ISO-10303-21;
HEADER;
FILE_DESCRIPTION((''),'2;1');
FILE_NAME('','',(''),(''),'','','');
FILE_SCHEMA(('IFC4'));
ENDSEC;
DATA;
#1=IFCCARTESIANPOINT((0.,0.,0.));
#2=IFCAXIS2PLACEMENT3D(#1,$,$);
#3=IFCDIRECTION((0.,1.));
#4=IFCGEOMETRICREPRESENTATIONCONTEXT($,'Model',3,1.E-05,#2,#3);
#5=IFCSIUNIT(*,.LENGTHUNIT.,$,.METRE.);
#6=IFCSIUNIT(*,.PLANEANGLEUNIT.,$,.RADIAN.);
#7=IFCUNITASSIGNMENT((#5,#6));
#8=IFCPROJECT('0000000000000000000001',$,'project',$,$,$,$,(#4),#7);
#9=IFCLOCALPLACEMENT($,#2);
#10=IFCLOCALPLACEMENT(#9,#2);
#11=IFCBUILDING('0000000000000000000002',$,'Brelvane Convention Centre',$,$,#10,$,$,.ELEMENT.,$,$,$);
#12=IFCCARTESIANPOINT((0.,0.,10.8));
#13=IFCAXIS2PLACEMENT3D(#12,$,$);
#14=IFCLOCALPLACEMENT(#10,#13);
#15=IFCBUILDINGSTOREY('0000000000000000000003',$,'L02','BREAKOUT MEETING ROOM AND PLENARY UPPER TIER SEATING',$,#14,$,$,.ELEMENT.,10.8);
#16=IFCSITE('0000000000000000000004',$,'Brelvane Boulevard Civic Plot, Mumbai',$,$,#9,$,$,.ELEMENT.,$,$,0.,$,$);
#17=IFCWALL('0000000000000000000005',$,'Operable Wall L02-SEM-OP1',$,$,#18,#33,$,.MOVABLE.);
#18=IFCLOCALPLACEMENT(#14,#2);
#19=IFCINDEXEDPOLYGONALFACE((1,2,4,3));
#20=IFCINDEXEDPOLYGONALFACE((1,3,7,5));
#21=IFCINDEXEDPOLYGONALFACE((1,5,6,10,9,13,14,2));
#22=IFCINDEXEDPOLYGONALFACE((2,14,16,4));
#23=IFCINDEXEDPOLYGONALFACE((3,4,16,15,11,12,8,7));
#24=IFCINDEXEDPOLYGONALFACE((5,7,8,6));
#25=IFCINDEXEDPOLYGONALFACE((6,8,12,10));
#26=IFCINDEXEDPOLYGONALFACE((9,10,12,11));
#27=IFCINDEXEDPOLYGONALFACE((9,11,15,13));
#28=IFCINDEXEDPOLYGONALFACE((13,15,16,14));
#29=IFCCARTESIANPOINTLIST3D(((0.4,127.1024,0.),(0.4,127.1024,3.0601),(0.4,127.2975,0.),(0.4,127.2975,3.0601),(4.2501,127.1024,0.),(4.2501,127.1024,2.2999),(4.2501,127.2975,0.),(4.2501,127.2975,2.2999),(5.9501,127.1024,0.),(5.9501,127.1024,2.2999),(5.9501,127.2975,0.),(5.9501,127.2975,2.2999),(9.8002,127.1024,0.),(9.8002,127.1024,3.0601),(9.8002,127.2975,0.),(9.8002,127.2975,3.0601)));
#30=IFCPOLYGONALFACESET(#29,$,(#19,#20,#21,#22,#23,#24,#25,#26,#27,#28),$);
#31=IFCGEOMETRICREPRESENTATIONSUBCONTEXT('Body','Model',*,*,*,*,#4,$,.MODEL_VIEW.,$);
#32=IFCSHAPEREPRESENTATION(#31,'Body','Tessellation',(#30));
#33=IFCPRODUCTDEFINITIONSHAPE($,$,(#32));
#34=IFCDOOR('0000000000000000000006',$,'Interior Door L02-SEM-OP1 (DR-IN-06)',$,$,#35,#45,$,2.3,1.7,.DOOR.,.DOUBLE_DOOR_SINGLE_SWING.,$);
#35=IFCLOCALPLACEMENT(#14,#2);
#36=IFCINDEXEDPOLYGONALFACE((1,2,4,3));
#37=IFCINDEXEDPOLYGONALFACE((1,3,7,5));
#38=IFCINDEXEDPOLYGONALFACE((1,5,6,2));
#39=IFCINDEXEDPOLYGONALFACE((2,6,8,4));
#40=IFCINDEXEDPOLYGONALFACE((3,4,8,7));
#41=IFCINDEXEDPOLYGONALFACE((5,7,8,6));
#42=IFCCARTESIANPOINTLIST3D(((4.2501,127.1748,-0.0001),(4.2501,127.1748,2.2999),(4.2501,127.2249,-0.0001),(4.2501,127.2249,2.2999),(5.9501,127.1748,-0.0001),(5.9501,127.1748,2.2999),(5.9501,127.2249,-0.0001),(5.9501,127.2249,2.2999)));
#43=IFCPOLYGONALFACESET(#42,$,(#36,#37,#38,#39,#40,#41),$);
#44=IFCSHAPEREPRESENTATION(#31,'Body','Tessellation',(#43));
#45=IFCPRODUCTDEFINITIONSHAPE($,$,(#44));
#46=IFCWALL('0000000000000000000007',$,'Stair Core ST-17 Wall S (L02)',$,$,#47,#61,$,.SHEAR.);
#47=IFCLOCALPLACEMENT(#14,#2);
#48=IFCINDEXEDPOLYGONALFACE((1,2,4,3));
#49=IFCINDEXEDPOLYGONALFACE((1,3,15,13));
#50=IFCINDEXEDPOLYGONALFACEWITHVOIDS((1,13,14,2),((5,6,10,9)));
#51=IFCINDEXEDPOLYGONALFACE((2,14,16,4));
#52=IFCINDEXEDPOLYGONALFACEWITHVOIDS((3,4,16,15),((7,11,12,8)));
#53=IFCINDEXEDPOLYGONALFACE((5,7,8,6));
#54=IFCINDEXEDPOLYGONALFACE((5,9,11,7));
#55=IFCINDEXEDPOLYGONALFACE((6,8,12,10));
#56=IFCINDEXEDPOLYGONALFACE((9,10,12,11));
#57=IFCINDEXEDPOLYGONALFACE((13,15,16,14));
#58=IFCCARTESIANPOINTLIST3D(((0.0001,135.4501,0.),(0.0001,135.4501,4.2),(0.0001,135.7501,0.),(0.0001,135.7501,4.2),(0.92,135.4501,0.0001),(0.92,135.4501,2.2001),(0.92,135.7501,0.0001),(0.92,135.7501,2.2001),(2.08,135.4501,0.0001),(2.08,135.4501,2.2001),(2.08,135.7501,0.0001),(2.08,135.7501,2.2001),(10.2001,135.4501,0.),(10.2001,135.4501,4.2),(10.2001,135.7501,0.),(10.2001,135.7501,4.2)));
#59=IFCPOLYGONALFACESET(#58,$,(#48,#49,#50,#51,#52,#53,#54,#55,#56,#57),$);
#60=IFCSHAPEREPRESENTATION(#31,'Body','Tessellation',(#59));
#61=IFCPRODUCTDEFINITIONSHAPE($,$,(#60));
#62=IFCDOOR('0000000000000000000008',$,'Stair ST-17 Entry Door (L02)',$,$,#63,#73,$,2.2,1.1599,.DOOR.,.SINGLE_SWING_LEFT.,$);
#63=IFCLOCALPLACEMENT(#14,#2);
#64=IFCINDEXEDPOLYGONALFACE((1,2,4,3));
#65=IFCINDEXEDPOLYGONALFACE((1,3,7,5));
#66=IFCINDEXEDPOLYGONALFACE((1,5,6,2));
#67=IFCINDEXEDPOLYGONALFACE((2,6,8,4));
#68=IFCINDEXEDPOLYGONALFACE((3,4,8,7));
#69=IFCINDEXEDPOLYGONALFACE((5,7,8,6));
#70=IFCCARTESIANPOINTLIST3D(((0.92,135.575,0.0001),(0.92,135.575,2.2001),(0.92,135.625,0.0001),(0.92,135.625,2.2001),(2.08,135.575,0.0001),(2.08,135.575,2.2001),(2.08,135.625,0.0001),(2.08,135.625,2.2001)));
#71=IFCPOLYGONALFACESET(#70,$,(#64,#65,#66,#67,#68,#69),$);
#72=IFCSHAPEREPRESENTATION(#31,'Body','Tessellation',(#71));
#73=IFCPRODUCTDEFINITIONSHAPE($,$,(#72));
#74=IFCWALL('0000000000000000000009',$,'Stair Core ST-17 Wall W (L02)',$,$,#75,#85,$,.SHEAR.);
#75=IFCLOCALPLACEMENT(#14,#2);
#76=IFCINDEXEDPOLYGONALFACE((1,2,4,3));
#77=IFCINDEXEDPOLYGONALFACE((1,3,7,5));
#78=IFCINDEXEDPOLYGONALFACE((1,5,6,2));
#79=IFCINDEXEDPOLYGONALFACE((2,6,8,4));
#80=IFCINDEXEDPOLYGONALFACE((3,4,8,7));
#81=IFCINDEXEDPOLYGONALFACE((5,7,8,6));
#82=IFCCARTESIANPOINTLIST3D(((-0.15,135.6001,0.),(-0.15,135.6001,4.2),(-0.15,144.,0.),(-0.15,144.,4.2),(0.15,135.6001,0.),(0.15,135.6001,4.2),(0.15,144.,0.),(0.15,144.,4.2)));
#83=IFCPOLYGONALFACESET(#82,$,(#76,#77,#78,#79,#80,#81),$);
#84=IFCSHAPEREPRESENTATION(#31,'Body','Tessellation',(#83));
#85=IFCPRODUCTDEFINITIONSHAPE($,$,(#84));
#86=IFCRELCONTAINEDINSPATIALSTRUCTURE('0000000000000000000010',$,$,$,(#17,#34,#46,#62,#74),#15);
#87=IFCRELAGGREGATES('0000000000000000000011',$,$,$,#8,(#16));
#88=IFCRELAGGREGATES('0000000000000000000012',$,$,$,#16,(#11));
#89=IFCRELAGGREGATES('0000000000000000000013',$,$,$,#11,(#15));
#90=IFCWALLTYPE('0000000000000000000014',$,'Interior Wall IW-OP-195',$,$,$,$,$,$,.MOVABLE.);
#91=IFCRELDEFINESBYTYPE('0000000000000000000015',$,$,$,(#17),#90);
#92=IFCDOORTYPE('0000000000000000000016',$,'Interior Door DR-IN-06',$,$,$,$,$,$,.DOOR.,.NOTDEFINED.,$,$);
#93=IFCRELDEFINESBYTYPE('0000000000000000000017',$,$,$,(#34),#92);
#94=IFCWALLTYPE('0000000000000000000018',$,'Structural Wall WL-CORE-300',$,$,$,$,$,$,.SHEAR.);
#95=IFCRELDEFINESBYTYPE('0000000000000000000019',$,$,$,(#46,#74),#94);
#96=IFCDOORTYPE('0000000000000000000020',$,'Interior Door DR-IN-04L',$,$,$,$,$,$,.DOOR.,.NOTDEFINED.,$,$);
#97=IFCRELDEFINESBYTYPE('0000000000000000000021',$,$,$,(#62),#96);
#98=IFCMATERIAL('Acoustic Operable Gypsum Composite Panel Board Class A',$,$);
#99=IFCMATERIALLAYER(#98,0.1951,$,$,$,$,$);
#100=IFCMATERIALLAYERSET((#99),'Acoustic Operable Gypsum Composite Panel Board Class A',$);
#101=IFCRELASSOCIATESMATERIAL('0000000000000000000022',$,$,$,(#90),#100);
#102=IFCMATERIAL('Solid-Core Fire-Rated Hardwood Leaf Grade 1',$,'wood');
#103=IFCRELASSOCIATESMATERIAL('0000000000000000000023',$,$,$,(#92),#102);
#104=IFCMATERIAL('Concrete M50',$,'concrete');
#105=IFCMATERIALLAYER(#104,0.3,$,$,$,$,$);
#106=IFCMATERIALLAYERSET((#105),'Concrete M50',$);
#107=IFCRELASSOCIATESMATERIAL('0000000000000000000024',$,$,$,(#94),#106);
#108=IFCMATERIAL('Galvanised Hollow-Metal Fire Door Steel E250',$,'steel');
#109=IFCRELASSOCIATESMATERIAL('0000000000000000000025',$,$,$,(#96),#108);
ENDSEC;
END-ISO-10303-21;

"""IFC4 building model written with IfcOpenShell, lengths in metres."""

from ifc_helpers import new_model, si_unit, direction, frame, frame_2d, origin, place, context, subcontext, project, spatial, rectangle, extrude, material, layer, layer_set, type_object, element, fill, save


model = new_model("IFC4")

# Units and contexts
model_context = context("Model", 3, precision=1e-05, world=origin(), true_north=direction((0.0, 1.0)))
body_context = subcontext(model_context, "Body", "Model", "MODEL_VIEW")
ifc_project = project(units=[si_unit("LENGTHUNIT", "METRE"), si_unit("PLANEANGLEUNIT", "RADIAN")], contexts=[model_context])

# Site, building, storey
site_placement = place(None, origin())
site = spatial("IfcSite", under=ifc_project, at=site_placement, Name="Brelvane Boulevard Civic Plot, Mumbai", CompositionType="ELEMENT", RefElevation=0.0)
building_placement = place(site_placement, origin())
building = spatial("IfcBuilding", under=site, at=building_placement, Name="Brelvane Convention Centre", CompositionType="ELEMENT")
storey_placement = place(building_placement, frame((0.0, 0.0, 10.8)))
storey = spatial("IfcBuildingStorey", under=building, at=storey_placement, Name="L02", Description="BREAKOUT MEETING ROOM AND PLENARY UPPER TIER SEATING", CompositionType="ELEMENT", Elevation=10.8)

# Walls, openings, doors
ifc_material_1 = material(Name="Acoustic Operable Gypsum Composite Panel Board Class A")
ifc_layer_1 = layer(ifc_material_1, 0.1951)
ifc_layer_set_1 = layer_set([ifc_layer_1], Name="Acoustic Operable Gypsum Composite Panel Board Class A")
wall_type_1 = type_object("IfcWallType", Name="Interior Wall IW-OP-195", PredefinedType="MOVABLE", material=ifc_layer_set_1)
wall_1_placement = place(storey_placement, frame((0.3999, 127.2, 0.0), z_axis=(0.0, 0.0, 1.0), x_axis=(1.0, 0.0, 0.0)))
wall_1 = element("IfcWall", 1, at=wall_1_placement, inside=storey, type_object=wall_type_1, Name="Operable Wall L02-SEM-OP1", PredefinedType="MOVABLE", context=body_context, shape_type="SweptSolid", body=[
    extrude(rectangle(XDim=9.4001, YDim=0.1951, at=frame_2d((4.7002, 0.0))), origin(), (0.0, 0.0, 1.0), 3.0601),
])
opening_1_placement = place(wall_1_placement, frame((3.8501, 0.0, 0.0)))
opening_1 = element("IfcOpeningElement", 2, at=opening_1_placement, cuts=wall_1, PredefinedType="OPENING", context=body_context, shape_type="SweptSolid", body=[
    extrude(rectangle(XDim=1.7, YDim=2.3, at=frame_2d((0.8501, 1.1499))), frame((0.0, 0.1074, 0.0), z_axis=(0.0, -1.0, 0.0), x_axis=(1.0, 0.0, 0.0)), (0.0, 0.0, 1.0), 0.2151),
])
ifc_material_2 = material(Name="Solid-Core Fire-Rated Hardwood Leaf Grade 1", Category="wood")
door_type_1 = type_object("IfcDoorType", Name="Interior Door DR-IN-06", OperationType="NOTDEFINED", PredefinedType="DOOR", material=ifc_material_2)
door_1_placement = place(opening_1_placement, origin())
door_1 = element("IfcDoor", 3, at=door_1_placement, inside=storey, type_object=door_type_1, Name="Interior Door L02-SEM-OP1 (DR-IN-06)", OperationType="DOUBLE_DOOR_SINGLE_SWING", OverallHeight=2.3, OverallWidth=1.7, PredefinedType="DOOR", context=body_context, shape_type="SweptSolid", body=[
    extrude(rectangle(XDim=1.7, YDim=2.3, at=frame_2d((0.8501, 1.1499))), frame((0.0, 0.0249, 0.0), z_axis=(0.0, -1.0, 0.0), x_axis=(1.0, 0.0, 0.0)), (0.0, 0.0, 1.0), 0.05),
])
fill(opening_1, door_1)
ifc_material_3 = material(Name="Concrete M50", Category="concrete")
ifc_layer_2 = layer(ifc_material_3, 0.3)
ifc_layer_set_2 = layer_set([ifc_layer_2], Name="Concrete M50")
wall_type_2 = type_object("IfcWallType", Name="Structural Wall WL-CORE-300", PredefinedType="SHEAR", material=ifc_layer_set_2)
wall_2_placement = place(storey_placement, frame((0.0, 135.6001, 0.0), z_axis=(0.0, 0.0, 1.0), x_axis=(1.0, 0.0, 0.0)))
wall_2 = element("IfcWall", 4, at=wall_2_placement, inside=storey, type_object=wall_type_2, Name="Stair Core ST-17 Wall S (L02)", PredefinedType="SHEAR", context=body_context, shape_type="SweptSolid", body=[
    extrude(rectangle(XDim=10.2, YDim=0.3, at=frame_2d((5.1001, 0.0))), origin(), (0.0, 0.0, 1.0), 4.2),
])
opening_2_placement = place(wall_2_placement, frame((0.9199, 0.0, 0.0)))
opening_2 = element("IfcOpeningElement", 5, at=opening_2_placement, cuts=wall_2, PredefinedType="OPENING", context=body_context, shape_type="SweptSolid", body=[
    extrude(rectangle(XDim=1.1599, YDim=2.2, at=frame_2d((0.5801, 1.1001))), frame((0.0, 0.1599, 0.0), z_axis=(0.0, -1.0, 0.0), x_axis=(1.0, 0.0, 0.0)), (0.0, 0.0, 1.0), 0.3201),
])
ifc_material_4 = material(Name="Galvanised Hollow-Metal Fire Door Steel E250", Category="steel")
door_type_2 = type_object("IfcDoorType", Name="Interior Door DR-IN-04L", OperationType="NOTDEFINED", PredefinedType="DOOR", material=ifc_material_4)
door_2_placement = place(opening_2_placement, origin())
door_2 = element("IfcDoor", 6, at=door_2_placement, inside=storey, type_object=door_type_2, Name="Stair ST-17 Entry Door (L02)", OperationType="SINGLE_SWING_LEFT", OverallHeight=2.2, OverallWidth=1.1599, PredefinedType="DOOR", context=body_context, shape_type="SweptSolid", body=[
    extrude(rectangle(XDim=1.1599, YDim=2.2, at=frame_2d((0.5801, 1.1001))), frame((0.0, 0.0249, 0.0), z_axis=(0.0, -1.0, 0.0), x_axis=(1.0, 0.0, 0.0)), (0.0, 0.0, 1.0), 0.05),
])
fill(opening_2, door_2)

# Wall
wall_3_placement = place(storey_placement, frame((0.0, 135.6001, 0.0), z_axis=(0.0, 0.0, 1.0), x_axis=(0.0, 1.0, 0.0)))
element("IfcWall", 7, at=wall_3_placement, inside=storey, type_object=wall_type_2, Name="Stair Core ST-17 Wall W (L02)", PredefinedType="SHEAR", context=body_context, shape_type="SweptSolid", body=[
    extrude(rectangle(XDim=8.3999, YDim=0.3, at=frame_2d((4.2, 0.0))), origin(), (0.0, 0.0, 1.0), 4.2),
])

save(model, "model.ifc")
